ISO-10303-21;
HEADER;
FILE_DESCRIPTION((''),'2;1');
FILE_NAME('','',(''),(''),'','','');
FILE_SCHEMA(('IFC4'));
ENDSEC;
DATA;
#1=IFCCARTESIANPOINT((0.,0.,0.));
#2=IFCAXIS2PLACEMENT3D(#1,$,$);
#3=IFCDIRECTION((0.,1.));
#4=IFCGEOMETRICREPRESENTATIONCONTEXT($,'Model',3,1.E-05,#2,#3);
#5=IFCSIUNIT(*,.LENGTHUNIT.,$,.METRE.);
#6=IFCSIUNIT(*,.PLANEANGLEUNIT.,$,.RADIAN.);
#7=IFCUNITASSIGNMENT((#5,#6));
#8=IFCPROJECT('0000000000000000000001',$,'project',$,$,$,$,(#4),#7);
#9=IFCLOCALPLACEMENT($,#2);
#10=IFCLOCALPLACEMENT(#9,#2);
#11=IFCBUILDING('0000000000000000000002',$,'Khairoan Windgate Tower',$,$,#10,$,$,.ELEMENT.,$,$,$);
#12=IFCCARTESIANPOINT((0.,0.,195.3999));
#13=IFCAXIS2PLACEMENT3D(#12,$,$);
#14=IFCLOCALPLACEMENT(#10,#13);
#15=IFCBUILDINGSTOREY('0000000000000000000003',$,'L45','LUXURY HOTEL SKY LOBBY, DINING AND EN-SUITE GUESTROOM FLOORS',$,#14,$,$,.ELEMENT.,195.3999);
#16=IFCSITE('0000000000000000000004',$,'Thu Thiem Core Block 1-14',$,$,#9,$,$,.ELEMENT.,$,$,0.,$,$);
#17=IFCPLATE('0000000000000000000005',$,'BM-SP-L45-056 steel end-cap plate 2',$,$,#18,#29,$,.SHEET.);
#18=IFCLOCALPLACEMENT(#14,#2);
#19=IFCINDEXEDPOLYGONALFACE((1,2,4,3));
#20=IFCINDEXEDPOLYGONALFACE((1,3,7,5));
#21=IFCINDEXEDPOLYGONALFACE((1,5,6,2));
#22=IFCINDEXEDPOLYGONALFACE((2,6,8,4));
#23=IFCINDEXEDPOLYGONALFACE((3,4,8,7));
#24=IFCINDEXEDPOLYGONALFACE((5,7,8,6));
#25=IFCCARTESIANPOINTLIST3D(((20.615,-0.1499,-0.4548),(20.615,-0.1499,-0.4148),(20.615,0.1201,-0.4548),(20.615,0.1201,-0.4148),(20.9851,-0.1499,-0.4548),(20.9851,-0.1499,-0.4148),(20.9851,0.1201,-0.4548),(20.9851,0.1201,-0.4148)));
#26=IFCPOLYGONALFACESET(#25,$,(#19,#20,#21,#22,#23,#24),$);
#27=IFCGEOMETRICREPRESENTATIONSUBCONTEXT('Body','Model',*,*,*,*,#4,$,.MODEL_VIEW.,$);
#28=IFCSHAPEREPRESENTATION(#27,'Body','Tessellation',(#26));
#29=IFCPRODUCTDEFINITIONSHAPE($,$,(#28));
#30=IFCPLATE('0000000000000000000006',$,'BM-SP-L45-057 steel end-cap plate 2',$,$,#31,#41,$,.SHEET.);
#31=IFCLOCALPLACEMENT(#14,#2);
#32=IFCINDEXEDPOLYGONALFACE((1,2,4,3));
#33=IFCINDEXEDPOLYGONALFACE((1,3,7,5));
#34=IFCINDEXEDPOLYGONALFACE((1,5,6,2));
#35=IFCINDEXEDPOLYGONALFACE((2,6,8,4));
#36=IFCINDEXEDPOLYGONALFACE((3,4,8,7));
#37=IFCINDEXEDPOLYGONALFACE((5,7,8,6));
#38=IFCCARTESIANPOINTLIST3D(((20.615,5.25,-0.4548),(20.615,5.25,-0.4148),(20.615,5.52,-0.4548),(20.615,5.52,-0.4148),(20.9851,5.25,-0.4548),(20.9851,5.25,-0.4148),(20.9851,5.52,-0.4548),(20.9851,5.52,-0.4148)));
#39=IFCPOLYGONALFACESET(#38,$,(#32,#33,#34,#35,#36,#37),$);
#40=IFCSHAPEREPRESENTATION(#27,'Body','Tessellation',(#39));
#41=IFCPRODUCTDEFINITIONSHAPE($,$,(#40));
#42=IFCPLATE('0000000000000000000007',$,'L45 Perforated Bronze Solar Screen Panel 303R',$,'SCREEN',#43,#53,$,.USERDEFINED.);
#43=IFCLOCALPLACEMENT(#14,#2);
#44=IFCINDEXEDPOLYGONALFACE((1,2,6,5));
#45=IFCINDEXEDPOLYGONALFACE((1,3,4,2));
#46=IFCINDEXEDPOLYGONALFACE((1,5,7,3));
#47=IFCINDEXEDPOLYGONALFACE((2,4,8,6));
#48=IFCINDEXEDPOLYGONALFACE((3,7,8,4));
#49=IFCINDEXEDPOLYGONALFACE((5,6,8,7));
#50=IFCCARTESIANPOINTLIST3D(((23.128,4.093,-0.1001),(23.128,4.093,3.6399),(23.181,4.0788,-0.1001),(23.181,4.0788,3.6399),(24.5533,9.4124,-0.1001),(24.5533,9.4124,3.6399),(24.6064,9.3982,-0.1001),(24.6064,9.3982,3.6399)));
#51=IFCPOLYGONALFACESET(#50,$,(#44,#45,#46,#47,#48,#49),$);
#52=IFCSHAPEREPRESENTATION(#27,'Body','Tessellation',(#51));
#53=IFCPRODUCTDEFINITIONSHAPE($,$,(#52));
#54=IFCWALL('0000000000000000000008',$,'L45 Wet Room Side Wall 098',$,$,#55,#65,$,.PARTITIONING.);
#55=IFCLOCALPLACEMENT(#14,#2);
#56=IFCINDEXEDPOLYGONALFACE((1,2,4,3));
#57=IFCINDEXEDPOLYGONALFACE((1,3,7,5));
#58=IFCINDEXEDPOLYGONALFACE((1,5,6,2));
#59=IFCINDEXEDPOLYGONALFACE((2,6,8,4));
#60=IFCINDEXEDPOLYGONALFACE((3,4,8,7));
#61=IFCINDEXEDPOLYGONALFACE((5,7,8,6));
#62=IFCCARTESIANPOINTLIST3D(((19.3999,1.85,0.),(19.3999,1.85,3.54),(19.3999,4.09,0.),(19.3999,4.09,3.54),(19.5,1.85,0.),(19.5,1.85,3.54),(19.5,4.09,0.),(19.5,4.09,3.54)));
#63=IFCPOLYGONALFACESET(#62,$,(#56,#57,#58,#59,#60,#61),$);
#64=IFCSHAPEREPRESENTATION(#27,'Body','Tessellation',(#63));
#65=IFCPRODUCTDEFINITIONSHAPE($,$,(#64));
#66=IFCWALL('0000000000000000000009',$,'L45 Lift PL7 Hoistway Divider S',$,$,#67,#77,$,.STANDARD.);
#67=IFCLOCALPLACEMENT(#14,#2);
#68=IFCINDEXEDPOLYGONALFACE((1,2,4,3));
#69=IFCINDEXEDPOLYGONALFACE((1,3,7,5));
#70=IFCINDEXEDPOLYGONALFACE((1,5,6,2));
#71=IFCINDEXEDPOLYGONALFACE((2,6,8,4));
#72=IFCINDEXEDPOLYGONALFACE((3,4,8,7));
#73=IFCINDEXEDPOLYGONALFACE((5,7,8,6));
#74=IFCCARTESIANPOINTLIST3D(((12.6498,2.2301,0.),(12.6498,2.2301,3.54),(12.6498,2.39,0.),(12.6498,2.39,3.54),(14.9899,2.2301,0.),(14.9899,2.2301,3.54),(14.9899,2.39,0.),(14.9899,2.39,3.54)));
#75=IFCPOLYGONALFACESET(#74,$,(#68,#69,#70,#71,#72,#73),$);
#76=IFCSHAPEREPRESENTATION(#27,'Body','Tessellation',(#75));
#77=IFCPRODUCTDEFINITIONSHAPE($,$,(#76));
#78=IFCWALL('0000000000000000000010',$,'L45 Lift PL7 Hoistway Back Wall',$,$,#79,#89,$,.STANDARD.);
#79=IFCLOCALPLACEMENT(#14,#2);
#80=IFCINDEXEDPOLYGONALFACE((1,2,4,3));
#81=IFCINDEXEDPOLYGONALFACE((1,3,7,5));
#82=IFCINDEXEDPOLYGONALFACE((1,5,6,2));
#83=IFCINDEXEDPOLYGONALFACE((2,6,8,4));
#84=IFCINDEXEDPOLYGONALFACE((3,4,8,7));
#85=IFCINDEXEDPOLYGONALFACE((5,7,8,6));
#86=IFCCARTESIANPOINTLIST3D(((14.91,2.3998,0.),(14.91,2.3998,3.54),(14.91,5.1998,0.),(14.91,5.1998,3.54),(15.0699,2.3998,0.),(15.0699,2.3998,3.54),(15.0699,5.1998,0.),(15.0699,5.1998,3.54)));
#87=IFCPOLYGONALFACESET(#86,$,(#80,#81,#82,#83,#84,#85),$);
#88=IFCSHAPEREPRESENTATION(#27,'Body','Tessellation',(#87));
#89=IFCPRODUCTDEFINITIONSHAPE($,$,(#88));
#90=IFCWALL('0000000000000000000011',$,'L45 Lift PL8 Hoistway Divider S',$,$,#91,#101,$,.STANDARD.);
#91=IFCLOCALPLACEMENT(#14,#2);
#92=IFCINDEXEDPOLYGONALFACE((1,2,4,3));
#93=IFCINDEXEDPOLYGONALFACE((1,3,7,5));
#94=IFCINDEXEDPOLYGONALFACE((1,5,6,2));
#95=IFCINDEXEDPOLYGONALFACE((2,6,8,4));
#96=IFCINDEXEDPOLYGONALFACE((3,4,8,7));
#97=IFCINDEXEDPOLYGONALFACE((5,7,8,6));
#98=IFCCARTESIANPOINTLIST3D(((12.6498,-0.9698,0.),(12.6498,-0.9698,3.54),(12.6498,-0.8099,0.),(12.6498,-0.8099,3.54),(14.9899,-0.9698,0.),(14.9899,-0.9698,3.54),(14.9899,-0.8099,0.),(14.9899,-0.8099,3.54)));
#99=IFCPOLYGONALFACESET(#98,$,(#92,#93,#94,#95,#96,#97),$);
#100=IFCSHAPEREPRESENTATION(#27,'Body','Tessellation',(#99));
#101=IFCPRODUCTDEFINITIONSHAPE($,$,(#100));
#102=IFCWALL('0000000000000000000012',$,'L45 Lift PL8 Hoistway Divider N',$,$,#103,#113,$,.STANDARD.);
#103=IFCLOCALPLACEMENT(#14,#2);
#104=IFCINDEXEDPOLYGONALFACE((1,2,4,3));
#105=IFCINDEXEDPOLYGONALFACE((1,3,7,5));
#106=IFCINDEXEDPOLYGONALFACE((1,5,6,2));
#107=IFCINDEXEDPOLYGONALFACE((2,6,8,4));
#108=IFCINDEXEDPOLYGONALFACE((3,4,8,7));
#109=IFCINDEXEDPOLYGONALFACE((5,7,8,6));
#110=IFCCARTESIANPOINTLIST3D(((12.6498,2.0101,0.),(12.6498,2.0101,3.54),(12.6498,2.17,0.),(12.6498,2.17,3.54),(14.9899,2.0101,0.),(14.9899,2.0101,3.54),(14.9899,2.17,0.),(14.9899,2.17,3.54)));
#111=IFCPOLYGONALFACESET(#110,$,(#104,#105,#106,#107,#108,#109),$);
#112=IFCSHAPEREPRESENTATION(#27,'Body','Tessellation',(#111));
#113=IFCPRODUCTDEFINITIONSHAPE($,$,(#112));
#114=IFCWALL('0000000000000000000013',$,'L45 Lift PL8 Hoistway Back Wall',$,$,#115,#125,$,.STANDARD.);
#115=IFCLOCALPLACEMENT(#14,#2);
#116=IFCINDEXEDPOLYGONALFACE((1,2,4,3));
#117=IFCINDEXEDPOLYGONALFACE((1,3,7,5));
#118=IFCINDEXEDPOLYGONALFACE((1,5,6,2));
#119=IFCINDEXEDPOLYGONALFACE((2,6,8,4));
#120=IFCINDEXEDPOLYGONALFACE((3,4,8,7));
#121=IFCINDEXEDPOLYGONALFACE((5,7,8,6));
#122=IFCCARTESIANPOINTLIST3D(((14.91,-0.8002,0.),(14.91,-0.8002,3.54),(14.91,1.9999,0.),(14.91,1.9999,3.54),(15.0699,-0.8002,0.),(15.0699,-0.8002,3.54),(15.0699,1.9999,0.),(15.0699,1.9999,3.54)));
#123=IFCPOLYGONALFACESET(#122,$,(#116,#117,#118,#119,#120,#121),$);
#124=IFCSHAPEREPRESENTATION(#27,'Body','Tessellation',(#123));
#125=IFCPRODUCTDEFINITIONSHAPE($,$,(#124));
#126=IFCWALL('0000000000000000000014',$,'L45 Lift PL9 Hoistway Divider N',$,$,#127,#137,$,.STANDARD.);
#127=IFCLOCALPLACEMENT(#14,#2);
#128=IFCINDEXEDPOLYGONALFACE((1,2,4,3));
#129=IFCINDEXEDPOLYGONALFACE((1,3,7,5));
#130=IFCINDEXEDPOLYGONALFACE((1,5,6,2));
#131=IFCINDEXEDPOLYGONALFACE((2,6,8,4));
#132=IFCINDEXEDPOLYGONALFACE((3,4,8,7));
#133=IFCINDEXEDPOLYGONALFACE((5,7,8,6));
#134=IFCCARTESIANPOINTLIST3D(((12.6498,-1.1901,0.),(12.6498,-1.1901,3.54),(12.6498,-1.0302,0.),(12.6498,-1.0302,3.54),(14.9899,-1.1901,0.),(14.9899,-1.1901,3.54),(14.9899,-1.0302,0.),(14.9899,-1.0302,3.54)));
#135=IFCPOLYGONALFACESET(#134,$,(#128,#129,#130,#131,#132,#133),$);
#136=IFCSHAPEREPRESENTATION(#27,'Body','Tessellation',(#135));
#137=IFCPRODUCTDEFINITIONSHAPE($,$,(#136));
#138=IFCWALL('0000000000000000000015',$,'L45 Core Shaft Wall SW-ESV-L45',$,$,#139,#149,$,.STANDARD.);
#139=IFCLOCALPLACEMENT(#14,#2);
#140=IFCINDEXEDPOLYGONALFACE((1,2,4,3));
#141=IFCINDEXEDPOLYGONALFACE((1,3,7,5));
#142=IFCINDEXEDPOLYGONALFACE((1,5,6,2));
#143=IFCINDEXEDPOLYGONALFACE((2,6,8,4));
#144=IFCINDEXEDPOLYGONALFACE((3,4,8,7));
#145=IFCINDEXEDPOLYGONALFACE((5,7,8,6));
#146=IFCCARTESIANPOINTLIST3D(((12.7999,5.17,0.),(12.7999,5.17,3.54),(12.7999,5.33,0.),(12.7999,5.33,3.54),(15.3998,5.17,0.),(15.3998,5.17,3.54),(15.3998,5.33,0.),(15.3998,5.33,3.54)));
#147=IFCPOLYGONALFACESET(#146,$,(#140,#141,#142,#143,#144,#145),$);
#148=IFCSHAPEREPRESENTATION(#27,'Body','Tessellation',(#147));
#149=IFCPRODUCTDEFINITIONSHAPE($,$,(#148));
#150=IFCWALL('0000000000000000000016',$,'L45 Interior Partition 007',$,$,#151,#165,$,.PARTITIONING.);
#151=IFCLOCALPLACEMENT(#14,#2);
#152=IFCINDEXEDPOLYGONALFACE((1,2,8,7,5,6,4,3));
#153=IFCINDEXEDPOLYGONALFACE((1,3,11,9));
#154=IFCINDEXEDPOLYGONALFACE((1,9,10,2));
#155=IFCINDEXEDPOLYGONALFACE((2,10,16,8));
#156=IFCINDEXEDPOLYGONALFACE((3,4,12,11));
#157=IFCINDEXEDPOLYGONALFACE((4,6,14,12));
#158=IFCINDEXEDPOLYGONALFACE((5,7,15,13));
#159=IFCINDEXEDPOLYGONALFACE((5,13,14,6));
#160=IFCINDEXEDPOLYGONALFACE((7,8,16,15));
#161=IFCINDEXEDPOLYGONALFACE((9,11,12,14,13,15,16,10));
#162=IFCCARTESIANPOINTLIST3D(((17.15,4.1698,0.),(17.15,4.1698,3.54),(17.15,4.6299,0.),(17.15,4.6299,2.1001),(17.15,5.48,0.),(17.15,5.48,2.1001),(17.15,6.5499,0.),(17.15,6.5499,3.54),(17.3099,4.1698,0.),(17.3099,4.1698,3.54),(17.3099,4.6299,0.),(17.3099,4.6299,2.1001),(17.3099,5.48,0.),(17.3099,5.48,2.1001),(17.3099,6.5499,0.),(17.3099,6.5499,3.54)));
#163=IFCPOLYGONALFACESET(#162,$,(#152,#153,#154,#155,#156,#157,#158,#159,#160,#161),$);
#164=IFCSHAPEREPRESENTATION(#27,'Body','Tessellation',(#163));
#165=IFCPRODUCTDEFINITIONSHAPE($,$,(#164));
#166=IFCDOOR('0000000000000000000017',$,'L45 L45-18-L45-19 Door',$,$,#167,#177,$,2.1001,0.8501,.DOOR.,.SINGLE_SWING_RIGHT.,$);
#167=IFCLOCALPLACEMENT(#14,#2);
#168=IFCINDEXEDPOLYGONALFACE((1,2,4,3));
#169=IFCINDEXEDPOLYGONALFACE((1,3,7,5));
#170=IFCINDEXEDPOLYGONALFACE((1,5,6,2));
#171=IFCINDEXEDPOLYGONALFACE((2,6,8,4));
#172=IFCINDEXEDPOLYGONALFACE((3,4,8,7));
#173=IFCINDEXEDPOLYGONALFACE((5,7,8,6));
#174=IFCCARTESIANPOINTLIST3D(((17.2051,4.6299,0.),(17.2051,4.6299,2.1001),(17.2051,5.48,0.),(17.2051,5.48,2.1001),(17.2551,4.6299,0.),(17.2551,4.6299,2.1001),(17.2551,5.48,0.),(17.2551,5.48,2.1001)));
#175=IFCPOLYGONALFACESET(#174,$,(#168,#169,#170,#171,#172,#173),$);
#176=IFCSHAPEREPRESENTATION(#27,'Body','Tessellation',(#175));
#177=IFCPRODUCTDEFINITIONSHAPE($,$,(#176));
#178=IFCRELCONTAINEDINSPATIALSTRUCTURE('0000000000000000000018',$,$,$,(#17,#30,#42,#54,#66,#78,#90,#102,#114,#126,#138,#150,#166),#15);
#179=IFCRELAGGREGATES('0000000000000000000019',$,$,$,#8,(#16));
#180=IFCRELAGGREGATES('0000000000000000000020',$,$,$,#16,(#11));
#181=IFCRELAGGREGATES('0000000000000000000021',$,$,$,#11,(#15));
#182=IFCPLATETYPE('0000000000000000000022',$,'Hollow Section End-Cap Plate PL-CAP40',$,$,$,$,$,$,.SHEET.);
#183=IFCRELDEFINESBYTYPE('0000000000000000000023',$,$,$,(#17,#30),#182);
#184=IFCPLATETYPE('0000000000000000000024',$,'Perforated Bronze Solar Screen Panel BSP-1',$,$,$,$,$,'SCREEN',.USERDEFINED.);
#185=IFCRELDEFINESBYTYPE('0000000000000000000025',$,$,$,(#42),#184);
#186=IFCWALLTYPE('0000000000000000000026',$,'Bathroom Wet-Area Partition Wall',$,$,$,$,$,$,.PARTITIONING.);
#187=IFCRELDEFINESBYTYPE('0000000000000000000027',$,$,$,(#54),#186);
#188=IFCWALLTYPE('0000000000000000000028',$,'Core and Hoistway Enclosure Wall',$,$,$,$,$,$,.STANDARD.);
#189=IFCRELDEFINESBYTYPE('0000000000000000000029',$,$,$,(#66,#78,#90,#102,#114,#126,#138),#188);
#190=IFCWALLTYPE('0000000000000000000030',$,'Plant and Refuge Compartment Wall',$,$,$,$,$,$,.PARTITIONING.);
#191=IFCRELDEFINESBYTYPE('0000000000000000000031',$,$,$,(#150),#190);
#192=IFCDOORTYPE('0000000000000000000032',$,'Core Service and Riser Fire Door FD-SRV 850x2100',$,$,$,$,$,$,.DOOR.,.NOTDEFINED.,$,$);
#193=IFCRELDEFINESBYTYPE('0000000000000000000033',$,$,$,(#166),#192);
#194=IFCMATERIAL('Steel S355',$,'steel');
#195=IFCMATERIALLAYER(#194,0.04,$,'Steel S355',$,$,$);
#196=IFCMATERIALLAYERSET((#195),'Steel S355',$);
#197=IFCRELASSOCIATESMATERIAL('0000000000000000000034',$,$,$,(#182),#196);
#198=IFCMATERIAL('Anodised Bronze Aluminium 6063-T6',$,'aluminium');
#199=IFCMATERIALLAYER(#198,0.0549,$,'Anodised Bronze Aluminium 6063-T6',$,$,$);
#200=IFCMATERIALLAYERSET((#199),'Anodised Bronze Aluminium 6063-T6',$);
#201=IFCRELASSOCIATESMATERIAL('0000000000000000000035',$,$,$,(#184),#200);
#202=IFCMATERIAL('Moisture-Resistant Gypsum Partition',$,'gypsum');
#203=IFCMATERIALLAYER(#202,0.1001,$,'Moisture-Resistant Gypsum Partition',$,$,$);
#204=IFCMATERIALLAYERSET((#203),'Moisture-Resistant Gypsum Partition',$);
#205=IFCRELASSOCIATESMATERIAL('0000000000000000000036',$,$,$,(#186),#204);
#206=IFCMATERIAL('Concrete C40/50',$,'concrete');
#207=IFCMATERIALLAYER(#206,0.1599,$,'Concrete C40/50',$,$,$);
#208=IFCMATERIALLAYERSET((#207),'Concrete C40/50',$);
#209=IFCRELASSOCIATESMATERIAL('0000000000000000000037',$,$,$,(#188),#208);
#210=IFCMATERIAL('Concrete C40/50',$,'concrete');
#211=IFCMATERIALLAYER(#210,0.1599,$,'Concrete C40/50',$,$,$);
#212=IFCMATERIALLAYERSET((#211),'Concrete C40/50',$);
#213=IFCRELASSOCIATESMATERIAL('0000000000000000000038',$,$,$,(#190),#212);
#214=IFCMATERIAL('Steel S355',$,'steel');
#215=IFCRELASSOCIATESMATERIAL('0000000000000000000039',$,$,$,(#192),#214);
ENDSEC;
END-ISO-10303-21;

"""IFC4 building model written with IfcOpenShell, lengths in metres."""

from ifc_helpers import new_model, si_unit, direction, frame, frame_2d, origin, origin_2d, place, context, subcontext, project, spatial, rectangle, extrude, material, layer, layer_set, type_object, element, fill, save


model = new_model("IFC4")

# Units and contexts
model_context = context("Model", 3, precision=1e-05, world=origin(), true_north=direction((0.0, 1.0)))
body_context = subcontext(model_context, "Body", "Model", "MODEL_VIEW")
ifc_project = project(units=[si_unit("LENGTHUNIT", "METRE"), si_unit("PLANEANGLEUNIT", "RADIAN")], contexts=[model_context])

# Site, building, storey
site_placement = place(None, origin())
site = spatial("IfcSite", under=ifc_project, at=site_placement, Name="Thu Thiem Core Block 1-14", CompositionType="ELEMENT", RefElevation=0.0)
building_placement = place(site_placement, origin())
building = spatial("IfcBuilding", under=site, at=building_placement, Name="Khairoan Windgate Tower", CompositionType="ELEMENT")
storey_placement = place(building_placement, frame((0.0, 0.0, 195.3999)))
storey = spatial("IfcBuildingStorey", under=building, at=storey_placement, Name="L45", Description="LUXURY HOTEL SKY LOBBY, DINING AND EN-SUITE GUESTROOM FLOORS", CompositionType="ELEMENT", Elevation=195.3999)

# Plates
ifc_material_1 = material(Name="Steel S355", Category="steel")
ifc_layer_1 = layer(ifc_material_1, 0.04, Name="Steel S355")
ifc_layer_set_1 = layer_set([ifc_layer_1], Name="Steel S355")
plate_type_1 = type_object("IfcPlateType", Name="Hollow Section End-Cap Plate PL-CAP40", PredefinedType="SHEET", material=ifc_layer_set_1)
for number, where, z_axis, x_axis, name in (
    (1, (20.8, -0.0149, -0.4548), (0.0, 0.0, 1.0), (0.0, 1.0, 0.0), "BM-SP-L45-056 steel end-cap plate 2"),
    (2, (20.8, 5.385, -0.4548), (0.0, 0.0, 1.0), (0.0, 1.0, 0.0), "BM-SP-L45-057 steel end-cap plate 2"),
):
    element("IfcPlate", number, at=place(storey_placement, frame(where, z_axis=z_axis, x_axis=x_axis)), inside=storey, type_object=plate_type_1, Name=name, PredefinedType="SHEET", context=body_context, shape_type="SweptSolid", body=[
        extrude(rectangle(XDim=0.27, YDim=0.3701, at=origin_2d()), origin(), (0.0, 0.0, 1.0), 0.04),
    ])
ifc_material_2 = material(Name="Anodised Bronze Aluminium 6063-T6", Category="aluminium")
ifc_layer_2 = layer(ifc_material_2, 0.0549, Name="Anodised Bronze Aluminium 6063-T6")
ifc_layer_set_2 = layer_set([ifc_layer_2], Name="Anodised Bronze Aluminium 6063-T6")
plate_type_2 = type_object("IfcPlateType", Name="Perforated Bronze Solar Screen Panel BSP-1", ElementType="SCREEN", PredefinedType="USERDEFINED", material=ifc_layer_set_2)
plate_placement = place(storey_placement, frame((23.8672, 6.7456, -0.1001), z_axis=(0.0, 0.0, 1.0), x_axis=(-0.258819, -0.965926, 0.0)))
element("IfcPlate", 3, at=plate_placement, inside=storey, type_object=plate_type_2, Name="L45 Perforated Bronze Solar Screen Panel 303R", ObjectType="SCREEN", PredefinedType="USERDEFINED", context=body_context, shape_type="SweptSolid", body=[
    extrude(rectangle(XDim=5.5071, YDim=0.0549, at=origin_2d()), origin(), (0.0, 0.0, 1.0), 3.74),
])

# Walls
ifc_material_3 = material(Name="Moisture-Resistant Gypsum Partition", Category="gypsum")
ifc_layer_3 = layer(ifc_material_3, 0.1001, Name="Moisture-Resistant Gypsum Partition")
ifc_layer_set_3 = layer_set([ifc_layer_3], Name="Moisture-Resistant Gypsum Partition")
wall_type_1 = type_object("IfcWallType", Name="Bathroom Wet-Area Partition Wall", PredefinedType="PARTITIONING", material=ifc_layer_set_3)
wall_1_placement = place(storey_placement, frame((19.45, 4.0901, 0.0), z_axis=(0.0, 0.0, 1.0), x_axis=(0.0, -1.0, 0.0)))
element("IfcWall", 4, at=wall_1_placement, inside=storey, type_object=wall_type_1, Name="L45 Wet Room Side Wall 098", PredefinedType="PARTITIONING", context=body_context, shape_type="SweptSolid", body=[
    extrude(rectangle(XDim=2.24, YDim=0.1001, at=frame_2d((1.1201, 0.0))), origin(), (0.0, 0.0, 1.0), 3.54),
])
ifc_material_4 = material(Name="Concrete C40/50", Category="concrete")
ifc_layer_4 = layer(ifc_material_4, 0.1599, Name="Concrete C40/50")
ifc_layer_set_4 = layer_set([ifc_layer_4], Name="Concrete C40/50")
wall_type_2 = type_object("IfcWallType", Name="Core and Hoistway Enclosure Wall", PredefinedType="STANDARD", material=ifc_layer_set_4)
wall_2_placement = place(storey_placement, frame((12.6499, 2.3101, 0.0), z_axis=(0.0, 0.0, 1.0), x_axis=(1.0, 0.0, 0.0)))
element("IfcWall", 5, at=wall_2_placement, inside=storey, type_object=wall_type_2, Name="L45 Lift PL7 Hoistway Divider S", PredefinedType="STANDARD", context=body_context, shape_type="SweptSolid", body=[
    extrude(rectangle(XDim=2.3401, YDim=0.1599, at=frame_2d((1.1699, 0.0))), origin(), (0.0, 0.0, 1.0), 3.54),
])
wall_3_placement = place(storey_placement, frame((14.99, 2.3999, 0.0), z_axis=(0.0, 0.0, 1.0), x_axis=(0.0, 1.0, 0.0)))
element("IfcWall", 6, at=wall_3_placement, inside=storey, type_object=wall_type_2, Name="L45 Lift PL7 Hoistway Back Wall", PredefinedType="STANDARD", context=body_context, shape_type="SweptSolid", body=[
    extrude(rectangle(XDim=2.8, YDim=0.1599, at=frame_2d((1.3999, 0.0))), origin(), (0.0, 0.0, 1.0), 3.54),
])
for number, where, z_axis, x_axis, name in (
    (7, (12.6499, -0.8899, 0.0), (0.0, 0.0, 1.0), (1.0, 0.0, 0.0), "L45 Lift PL8 Hoistway Divider S"),
    (8, (12.6499, 2.0901, 0.0), (0.0, 0.0, 1.0), (1.0, 0.0, 0.0), "L45 Lift PL8 Hoistway Divider N"),
):
    element("IfcWall", number, at=place(storey_placement, frame(where, z_axis=z_axis, x_axis=x_axis)), inside=storey, type_object=wall_type_2, Name=name, PredefinedType="STANDARD", context=body_context, shape_type="SweptSolid", body=[
        extrude(rectangle(XDim=2.3401, YDim=0.1599, at=frame_2d((1.1699, 0.0))), origin(), (0.0, 0.0, 1.0), 3.54),
    ])
wall_4_placement = place(storey_placement, frame((14.99, -0.8, 0.0), z_axis=(0.0, 0.0, 1.0), x_axis=(0.0, 1.0, 0.0)))
element("IfcWall", 9, at=wall_4_placement, inside=storey, type_object=wall_type_2, Name="L45 Lift PL8 Hoistway Back Wall", PredefinedType="STANDARD", context=body_context, shape_type="SweptSolid", body=[
    extrude(rectangle(XDim=2.8, YDim=0.1599, at=frame_2d((1.3999, 0.0))), origin(), (0.0, 0.0, 1.0), 3.54),
])
wall_5_placement = place(storey_placement, frame((12.6499, -1.1101, 0.0), z_axis=(0.0, 0.0, 1.0), x_axis=(1.0, 0.0, 0.0)))
element("IfcWall", 10, at=wall_5_placement, inside=storey, type_object=wall_type_2, Name="L45 Lift PL9 Hoistway Divider N", PredefinedType="STANDARD", context=body_context, shape_type="SweptSolid", body=[
    extrude(rectangle(XDim=2.3401, YDim=0.1599, at=frame_2d((1.1699, 0.0))), origin(), (0.0, 0.0, 1.0), 3.54),
])
wall_6_placement = place(storey_placement, frame((12.8, 5.25, 0.0), z_axis=(0.0, 0.0, 1.0), x_axis=(1.0, 0.0, 0.0)))
element("IfcWall", 11, at=wall_6_placement, inside=storey, type_object=wall_type_2, Name="L45 Core Shaft Wall SW-ESV-L45", PredefinedType="STANDARD", context=body_context, shape_type="SweptSolid", body=[
    extrude(rectangle(XDim=2.5999, YDim=0.1599, at=frame_2d((1.2998, 0.0))), origin(), (0.0, 0.0, 1.0), 3.54),
])

# Wall, opening, door
ifc_material_5 = material(Name="Concrete C40/50", Category="concrete")
ifc_layer_5 = layer(ifc_material_5, 0.1599, Name="Concrete C40/50")
ifc_layer_set_5 = layer_set([ifc_layer_5], Name="Concrete C40/50")
wall_type_3 = type_object("IfcWallType", Name="Plant and Refuge Compartment Wall", PredefinedType="PARTITIONING", material=ifc_layer_set_5)
wall_7_placement = place(storey_placement, frame((17.23, 4.1699, 0.0), z_axis=(0.0, 0.0, 1.0), x_axis=(0.0, 1.0, 0.0)))
wall_7 = element("IfcWall", 12, at=wall_7_placement, inside=storey, type_object=wall_type_3, Name="L45 Interior Partition 007", PredefinedType="PARTITIONING", context=body_context, shape_type="SweptSolid", body=[
    extrude(rectangle(XDim=2.3801, YDim=0.1599, at=frame_2d((1.1899, 0.0))), origin(), (0.0, 0.0, 1.0), 3.54),
])
opening_1_placement = place(wall_7_placement, frame((0.46, 0.0, 0.0)))
opening_1 = element("IfcOpeningElement", 13, at=opening_1_placement, cuts=wall_7, PredefinedType="OPENING", context=body_context, shape_type="SweptSolid", body=[
    extrude(rectangle(XDim=0.8501, YDim=2.1001, at=frame_2d((0.425, 1.05))), frame((0.0, 0.0898, 0.0), z_axis=(0.0, -1.0, 0.0), x_axis=(1.0, 0.0, 0.0)), (0.0, 0.0, 1.0), 0.1799),
])
ifc_material_6 = material(Name="Steel S355", Category="steel")
door_type = type_object("IfcDoorType", Name="Core Service and Riser Fire Door FD-SRV 850x2100", OperationType="NOTDEFINED", PredefinedType="DOOR", material=ifc_material_6)
door_1_placement = place(opening_1_placement, origin())
door_1 = element("IfcDoor", 14, at=door_1_placement, inside=storey, type_object=door_type, Name="L45 L45-18-L45-19 Door", OperationType="SINGLE_SWING_RIGHT", OverallHeight=2.1001, OverallWidth=0.8501, PredefinedType="DOOR", context=body_context, shape_type="SweptSolid", body=[
    extrude(rectangle(XDim=0.8501, YDim=2.1001, at=frame_2d((0.425, 1.05))), frame((0.0, 0.0249, 0.0), z_axis=(0.0, -1.0, 0.0), x_axis=(1.0, 0.0, 0.0)), (0.0, 0.0, 1.0), 0.05),
])
fill(opening_1, door_1)

save(model, "model.ifc")
